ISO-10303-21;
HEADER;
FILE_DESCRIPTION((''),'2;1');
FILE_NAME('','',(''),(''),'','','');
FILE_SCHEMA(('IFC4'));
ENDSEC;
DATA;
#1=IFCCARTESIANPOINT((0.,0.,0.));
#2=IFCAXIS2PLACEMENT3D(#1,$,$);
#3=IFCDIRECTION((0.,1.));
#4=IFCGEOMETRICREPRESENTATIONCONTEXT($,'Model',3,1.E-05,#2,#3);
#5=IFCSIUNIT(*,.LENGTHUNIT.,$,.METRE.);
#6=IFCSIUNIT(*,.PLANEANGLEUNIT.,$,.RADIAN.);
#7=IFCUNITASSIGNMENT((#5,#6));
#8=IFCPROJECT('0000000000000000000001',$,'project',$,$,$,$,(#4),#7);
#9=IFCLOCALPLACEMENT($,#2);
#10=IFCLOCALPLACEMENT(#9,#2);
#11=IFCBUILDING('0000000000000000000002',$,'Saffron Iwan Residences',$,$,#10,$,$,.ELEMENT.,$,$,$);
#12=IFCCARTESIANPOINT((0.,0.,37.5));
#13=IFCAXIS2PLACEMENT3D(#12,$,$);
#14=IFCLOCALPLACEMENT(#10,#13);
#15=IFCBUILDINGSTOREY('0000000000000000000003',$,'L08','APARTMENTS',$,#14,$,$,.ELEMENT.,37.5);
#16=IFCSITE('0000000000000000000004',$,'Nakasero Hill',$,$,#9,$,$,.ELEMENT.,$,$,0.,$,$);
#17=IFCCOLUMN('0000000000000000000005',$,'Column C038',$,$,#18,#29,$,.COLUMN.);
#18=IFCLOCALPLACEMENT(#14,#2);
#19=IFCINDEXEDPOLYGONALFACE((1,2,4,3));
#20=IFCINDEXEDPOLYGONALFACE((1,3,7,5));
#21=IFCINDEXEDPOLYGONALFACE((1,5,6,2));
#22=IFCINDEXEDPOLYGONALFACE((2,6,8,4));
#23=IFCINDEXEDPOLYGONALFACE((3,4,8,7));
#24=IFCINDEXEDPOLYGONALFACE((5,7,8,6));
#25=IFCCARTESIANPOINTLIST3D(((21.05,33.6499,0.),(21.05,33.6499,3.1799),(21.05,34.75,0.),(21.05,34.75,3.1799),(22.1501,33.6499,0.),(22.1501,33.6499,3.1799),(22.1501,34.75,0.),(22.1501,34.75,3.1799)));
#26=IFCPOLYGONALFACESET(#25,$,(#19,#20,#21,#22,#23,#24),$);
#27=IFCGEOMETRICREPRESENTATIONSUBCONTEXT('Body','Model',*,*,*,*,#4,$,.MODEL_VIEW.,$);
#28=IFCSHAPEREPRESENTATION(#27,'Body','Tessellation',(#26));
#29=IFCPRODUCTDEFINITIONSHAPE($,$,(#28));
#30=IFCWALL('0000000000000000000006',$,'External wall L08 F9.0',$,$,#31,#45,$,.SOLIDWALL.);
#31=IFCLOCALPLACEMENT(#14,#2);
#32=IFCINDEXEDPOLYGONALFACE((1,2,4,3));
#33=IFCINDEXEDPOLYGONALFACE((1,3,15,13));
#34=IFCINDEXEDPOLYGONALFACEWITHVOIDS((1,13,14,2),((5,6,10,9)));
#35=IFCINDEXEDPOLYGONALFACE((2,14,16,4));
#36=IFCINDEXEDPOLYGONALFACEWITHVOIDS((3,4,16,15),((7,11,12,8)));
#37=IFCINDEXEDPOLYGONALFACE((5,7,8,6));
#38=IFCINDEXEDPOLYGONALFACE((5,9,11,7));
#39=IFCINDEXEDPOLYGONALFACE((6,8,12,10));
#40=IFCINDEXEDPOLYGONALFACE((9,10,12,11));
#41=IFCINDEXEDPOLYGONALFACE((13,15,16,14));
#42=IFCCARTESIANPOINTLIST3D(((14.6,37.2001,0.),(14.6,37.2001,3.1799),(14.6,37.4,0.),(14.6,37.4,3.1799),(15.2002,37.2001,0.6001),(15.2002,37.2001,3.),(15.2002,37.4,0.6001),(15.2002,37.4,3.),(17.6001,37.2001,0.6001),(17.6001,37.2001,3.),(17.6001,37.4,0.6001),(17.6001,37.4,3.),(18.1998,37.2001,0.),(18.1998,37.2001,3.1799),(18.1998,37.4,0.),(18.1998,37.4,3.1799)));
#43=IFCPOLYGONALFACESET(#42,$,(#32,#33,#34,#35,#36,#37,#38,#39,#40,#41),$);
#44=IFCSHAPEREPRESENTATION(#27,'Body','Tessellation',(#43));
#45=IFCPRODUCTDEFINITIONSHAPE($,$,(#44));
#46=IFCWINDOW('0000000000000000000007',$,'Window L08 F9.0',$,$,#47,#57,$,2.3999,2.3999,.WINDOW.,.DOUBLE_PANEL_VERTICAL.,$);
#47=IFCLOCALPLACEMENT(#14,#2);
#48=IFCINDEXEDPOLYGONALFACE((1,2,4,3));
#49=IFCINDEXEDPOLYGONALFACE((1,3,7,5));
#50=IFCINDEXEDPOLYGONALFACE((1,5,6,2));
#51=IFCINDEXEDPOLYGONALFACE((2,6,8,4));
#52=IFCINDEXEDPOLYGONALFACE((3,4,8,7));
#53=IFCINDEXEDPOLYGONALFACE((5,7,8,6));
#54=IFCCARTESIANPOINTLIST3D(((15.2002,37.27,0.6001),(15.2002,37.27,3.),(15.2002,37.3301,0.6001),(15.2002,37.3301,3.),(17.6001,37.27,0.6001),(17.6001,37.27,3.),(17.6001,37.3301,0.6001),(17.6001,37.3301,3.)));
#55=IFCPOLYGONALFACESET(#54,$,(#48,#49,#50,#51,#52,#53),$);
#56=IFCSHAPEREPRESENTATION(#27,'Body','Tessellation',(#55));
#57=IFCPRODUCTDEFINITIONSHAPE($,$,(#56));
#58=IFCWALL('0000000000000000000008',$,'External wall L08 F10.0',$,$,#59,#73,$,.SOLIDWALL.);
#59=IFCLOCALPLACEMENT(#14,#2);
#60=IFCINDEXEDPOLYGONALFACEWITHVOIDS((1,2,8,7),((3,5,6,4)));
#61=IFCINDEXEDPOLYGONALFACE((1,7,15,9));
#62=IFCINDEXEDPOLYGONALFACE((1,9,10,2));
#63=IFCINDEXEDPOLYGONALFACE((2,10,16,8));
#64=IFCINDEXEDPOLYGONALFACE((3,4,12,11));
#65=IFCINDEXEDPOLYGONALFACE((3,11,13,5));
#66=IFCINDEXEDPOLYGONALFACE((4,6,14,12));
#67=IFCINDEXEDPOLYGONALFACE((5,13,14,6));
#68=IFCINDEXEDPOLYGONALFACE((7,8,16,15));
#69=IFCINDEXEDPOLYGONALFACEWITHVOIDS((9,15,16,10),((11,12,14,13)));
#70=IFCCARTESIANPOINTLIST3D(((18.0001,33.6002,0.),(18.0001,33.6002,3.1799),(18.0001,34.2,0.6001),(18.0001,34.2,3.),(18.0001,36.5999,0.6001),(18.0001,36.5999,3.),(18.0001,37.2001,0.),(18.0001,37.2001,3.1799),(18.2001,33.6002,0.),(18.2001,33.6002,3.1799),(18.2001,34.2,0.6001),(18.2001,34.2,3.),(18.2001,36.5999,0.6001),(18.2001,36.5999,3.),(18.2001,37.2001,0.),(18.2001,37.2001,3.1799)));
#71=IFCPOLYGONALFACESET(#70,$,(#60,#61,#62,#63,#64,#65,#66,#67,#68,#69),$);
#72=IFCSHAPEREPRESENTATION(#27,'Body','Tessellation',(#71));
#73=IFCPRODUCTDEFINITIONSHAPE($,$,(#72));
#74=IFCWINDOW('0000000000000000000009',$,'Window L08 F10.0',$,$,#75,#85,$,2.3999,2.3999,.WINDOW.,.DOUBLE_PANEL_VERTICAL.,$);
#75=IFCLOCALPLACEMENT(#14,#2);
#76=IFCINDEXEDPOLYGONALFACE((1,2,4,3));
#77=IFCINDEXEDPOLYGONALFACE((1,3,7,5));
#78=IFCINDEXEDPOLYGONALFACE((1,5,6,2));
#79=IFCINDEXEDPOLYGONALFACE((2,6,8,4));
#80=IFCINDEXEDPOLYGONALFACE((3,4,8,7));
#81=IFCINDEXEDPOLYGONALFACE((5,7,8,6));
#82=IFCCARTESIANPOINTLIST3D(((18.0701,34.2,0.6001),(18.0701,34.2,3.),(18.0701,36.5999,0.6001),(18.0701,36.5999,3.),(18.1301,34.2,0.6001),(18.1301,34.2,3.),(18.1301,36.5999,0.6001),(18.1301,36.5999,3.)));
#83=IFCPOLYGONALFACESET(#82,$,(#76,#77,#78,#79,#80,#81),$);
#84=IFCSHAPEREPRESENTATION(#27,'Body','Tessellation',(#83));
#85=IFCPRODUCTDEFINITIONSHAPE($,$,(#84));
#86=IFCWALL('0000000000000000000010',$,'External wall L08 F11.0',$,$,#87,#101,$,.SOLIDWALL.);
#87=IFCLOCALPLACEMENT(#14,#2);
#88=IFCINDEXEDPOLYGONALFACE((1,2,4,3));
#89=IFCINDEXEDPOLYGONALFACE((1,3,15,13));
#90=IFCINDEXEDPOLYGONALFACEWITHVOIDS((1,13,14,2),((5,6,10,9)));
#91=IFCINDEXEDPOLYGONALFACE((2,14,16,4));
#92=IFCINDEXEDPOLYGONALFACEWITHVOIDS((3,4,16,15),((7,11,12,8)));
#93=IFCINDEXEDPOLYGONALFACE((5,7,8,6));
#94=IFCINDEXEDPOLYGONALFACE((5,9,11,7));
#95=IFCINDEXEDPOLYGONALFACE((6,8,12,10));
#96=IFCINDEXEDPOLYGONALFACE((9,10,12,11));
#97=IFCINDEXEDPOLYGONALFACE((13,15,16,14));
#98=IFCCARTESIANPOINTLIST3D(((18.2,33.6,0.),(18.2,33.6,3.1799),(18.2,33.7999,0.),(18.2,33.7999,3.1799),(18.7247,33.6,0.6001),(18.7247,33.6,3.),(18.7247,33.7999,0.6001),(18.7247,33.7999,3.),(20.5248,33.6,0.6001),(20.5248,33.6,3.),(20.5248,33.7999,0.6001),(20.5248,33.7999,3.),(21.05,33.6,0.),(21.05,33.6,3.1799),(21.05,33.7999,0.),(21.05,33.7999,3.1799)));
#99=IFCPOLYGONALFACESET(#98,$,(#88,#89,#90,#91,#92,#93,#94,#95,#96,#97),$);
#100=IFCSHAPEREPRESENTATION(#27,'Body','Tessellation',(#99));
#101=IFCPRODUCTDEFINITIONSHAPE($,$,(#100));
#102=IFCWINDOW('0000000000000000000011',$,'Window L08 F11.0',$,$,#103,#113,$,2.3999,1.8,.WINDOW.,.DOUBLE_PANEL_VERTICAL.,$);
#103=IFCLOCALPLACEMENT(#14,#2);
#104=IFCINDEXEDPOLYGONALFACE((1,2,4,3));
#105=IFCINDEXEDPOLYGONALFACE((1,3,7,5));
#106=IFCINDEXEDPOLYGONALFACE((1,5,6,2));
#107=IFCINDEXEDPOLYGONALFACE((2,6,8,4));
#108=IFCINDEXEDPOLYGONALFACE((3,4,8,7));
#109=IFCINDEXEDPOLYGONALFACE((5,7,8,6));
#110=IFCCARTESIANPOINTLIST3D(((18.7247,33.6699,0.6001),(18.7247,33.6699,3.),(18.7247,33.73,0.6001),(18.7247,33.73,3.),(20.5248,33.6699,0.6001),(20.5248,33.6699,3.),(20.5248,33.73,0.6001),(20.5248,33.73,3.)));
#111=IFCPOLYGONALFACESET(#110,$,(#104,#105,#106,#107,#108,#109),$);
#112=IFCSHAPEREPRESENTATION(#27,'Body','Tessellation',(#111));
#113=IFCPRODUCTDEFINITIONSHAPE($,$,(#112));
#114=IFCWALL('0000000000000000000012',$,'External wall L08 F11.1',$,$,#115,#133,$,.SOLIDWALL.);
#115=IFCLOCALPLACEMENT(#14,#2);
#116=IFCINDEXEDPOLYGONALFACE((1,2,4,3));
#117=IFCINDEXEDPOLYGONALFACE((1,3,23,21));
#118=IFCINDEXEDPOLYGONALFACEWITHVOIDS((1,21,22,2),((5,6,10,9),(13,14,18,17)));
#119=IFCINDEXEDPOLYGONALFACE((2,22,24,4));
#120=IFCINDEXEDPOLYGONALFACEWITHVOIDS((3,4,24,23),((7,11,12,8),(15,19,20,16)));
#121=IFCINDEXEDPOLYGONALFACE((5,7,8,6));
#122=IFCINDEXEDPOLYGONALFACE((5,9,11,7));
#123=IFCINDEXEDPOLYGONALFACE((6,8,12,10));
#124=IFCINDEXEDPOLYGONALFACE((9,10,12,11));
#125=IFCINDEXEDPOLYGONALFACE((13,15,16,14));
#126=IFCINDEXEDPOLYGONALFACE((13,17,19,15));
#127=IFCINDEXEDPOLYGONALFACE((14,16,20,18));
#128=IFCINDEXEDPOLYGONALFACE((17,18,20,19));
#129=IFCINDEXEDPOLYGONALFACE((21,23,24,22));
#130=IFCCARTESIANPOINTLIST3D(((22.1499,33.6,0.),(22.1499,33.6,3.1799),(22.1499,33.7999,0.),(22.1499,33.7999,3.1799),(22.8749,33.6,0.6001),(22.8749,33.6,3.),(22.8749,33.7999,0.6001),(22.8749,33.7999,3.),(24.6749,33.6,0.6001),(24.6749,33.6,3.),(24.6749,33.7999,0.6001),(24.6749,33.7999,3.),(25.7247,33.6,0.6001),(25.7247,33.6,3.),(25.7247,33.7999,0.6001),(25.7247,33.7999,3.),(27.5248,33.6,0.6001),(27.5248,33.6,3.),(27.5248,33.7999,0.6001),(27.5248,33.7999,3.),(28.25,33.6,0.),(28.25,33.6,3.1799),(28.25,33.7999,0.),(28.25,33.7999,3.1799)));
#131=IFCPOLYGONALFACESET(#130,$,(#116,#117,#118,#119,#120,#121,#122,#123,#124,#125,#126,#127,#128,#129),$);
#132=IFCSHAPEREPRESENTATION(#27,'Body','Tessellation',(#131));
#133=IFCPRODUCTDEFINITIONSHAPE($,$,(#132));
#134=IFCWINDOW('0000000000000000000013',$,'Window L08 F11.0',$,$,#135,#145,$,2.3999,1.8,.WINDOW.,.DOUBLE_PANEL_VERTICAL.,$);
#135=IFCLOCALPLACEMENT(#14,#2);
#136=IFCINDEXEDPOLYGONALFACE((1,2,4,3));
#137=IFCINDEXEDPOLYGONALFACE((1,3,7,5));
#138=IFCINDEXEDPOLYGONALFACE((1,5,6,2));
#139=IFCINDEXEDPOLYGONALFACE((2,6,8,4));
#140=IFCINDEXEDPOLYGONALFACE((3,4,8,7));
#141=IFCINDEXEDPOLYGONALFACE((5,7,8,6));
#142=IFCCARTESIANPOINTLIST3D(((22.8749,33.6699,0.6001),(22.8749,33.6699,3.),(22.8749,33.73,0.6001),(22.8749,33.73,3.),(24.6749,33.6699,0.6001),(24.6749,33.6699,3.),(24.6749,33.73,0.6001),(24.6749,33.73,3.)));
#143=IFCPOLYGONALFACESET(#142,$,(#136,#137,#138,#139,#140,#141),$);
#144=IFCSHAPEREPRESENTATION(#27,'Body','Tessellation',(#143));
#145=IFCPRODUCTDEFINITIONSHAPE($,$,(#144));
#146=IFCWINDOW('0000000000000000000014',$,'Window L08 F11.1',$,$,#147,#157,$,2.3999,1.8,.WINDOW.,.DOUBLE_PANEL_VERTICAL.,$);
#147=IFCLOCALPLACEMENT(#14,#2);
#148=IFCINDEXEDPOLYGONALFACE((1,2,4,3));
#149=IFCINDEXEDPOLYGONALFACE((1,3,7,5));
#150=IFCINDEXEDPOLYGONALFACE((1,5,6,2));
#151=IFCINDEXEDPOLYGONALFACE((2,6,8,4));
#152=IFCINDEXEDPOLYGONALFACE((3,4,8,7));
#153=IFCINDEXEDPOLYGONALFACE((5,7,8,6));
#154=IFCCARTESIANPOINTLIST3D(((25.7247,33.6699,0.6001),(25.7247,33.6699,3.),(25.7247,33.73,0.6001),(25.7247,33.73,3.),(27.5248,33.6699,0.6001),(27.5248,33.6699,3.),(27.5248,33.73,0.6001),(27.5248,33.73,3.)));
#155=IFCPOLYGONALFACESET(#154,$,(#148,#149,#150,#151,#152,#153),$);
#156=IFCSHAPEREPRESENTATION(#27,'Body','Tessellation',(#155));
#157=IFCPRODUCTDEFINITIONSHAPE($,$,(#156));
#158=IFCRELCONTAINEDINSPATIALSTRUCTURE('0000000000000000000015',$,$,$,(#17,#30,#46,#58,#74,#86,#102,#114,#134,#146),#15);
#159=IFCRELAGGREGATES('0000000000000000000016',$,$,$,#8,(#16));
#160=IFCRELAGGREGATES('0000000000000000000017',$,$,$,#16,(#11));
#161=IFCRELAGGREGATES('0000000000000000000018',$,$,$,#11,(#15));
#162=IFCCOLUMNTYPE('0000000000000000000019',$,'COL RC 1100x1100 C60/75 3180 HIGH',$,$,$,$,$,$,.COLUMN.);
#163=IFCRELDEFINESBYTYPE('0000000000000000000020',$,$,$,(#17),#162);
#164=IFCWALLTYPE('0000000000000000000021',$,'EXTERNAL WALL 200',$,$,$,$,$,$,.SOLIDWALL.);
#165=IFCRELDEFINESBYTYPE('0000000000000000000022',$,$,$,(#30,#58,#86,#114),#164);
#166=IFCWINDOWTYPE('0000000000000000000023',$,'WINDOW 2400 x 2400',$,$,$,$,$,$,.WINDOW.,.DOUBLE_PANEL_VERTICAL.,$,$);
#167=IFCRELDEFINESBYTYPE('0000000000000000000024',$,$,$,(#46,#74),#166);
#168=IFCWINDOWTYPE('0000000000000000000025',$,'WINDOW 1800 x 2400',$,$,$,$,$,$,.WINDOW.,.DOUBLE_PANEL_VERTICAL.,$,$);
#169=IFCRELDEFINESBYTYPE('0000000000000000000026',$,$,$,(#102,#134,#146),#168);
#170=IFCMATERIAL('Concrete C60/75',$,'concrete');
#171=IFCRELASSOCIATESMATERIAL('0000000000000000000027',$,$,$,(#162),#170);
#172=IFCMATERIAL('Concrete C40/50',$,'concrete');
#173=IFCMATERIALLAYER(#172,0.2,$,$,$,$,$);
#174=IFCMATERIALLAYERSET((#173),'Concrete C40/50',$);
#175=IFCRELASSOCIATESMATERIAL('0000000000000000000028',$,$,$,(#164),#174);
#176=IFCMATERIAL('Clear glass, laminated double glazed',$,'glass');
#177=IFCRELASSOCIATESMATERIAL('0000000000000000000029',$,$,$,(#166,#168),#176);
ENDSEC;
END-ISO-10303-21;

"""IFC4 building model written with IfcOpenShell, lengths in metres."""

from ifc_helpers import new_model, si_unit, direction, frame, frame_2d, origin, origin_2d, place, context, subcontext, project, spatial, rectangle, extrude, source, transform, mapped, material, layer, layer_set, material_profile, profile_set, type_object, element, fill, save


model = new_model("IFC4")

# Units and contexts
model_context = context("Model", 3, precision=1e-05, world=origin(), true_north=direction((0.0, 1.0)))
body_context = subcontext(model_context, "Body", "Model", "MODEL_VIEW")
ifc_project = project(units=[si_unit("LENGTHUNIT", "METRE"), si_unit("PLANEANGLEUNIT", "RADIAN")], contexts=[model_context])

# Site, building, storey
site_placement = place(None, origin())
site = spatial("IfcSite", under=ifc_project, at=site_placement, Name="Nakasero Hill", CompositionType="ELEMENT", RefElevation=0.0)
building_placement = place(site_placement, origin())
building = spatial("IfcBuilding", under=site, at=building_placement, Name="Saffron Iwan Residences", CompositionType="ELEMENT")
storey_placement = place(building_placement, frame((0.0, 0.0, 37.5)))
storey = spatial("IfcBuildingStorey", under=building, at=storey_placement, Name="L08", Description="APARTMENTS", CompositionType="ELEMENT", Elevation=37.5)

# Column
ifc_material_1 = material(Name="Concrete C60/75", Category="concrete")
ifc_material_profile = material_profile(ifc_material_1, rectangle(XDim=1.1001, YDim=1.1001, at=origin_2d()), Name="RC 1100x1100")
ifc_profile_set = profile_set([ifc_material_profile], Name="Concrete C60/75")
column_type = type_object("IfcColumnType", Name="COL RC 1100x1100 C60/75 3180 HIGH", PredefinedType="COLUMN", material=ifc_profile_set)
shared_shape = source(origin(), body_context, "Body", "SweptSolid", [
    extrude(rectangle(XDim=1.1001, YDim=1.1001, at=origin_2d()), origin(), (0.0, 0.0, 1.0), 3.1799),
])
column_placement = place(storey_placement, frame((21.6001, 34.2, 0.0), z_axis=(0.0, 0.0, 1.0), x_axis=(1.0, 0.0, 0.0)))
element("IfcColumn", 1, at=column_placement, inside=storey, type_object=column_type, Name="Column C038", PredefinedType="COLUMN", context=body_context, shape_type="MappedRepresentation", body=[
    mapped(shared_shape, transform((0.0, 0.0, 0.0))),
])

# Walls, openings, windows
ifc_material_2 = material(Name="Concrete C40/50", Category="concrete")
ifc_layer_1 = layer(ifc_material_2, 0.2)
ifc_layer_set_1 = layer_set([ifc_layer_1], Name="Concrete C40/50")
wall_type_1 = type_object("IfcWallType", Name="EXTERNAL WALL 200", PredefinedType="SOLIDWALL", material=ifc_layer_set_1)
wall_1_placement = place(storey_placement, frame((14.6001, 37.3, 0.0), z_axis=(0.0, 0.0, 1.0), x_axis=(1.0, 0.0, 0.0)))
wall_1 = element("IfcWall", 2, at=wall_1_placement, inside=storey, type_object=wall_type_1, Name="External wall L08 F9.0", PredefinedType="SOLIDWALL", context=body_context, shape_type="SweptSolid", body=[
    extrude(rectangle(XDim=3.5999, YDim=0.2, at=frame_2d((1.7998, 0.0))), origin(), (0.0, 0.0, 1.0), 3.1799),
])
opening_1_placement = place(wall_1_placement, frame((0.6001, 0.0, 0.6001)))
opening_1 = element("IfcOpeningElement", 3, at=opening_1_placement, cuts=wall_1, PredefinedType="OPENING", context=body_context, shape_type="SweptSolid", body=[
    extrude(rectangle(XDim=2.3999, YDim=2.3999, at=frame_2d((1.2, 1.2))), frame((0.0, 0.1099, 0.0), z_axis=(0.0, -1.0, 0.0), x_axis=(1.0, 0.0, 0.0)), (0.0, 0.0, 1.0), 0.22),
])
ifc_material_3 = material(Name="Clear glass, laminated double glazed", Category="glass")
window_type_1 = type_object("IfcWindowType", Name="WINDOW 2400 x 2400", PartitioningType="DOUBLE_PANEL_VERTICAL", PredefinedType="WINDOW", material=ifc_material_3)
window_1_placement = place(opening_1_placement, origin())
window_1 = element("IfcWindow", 4, at=window_1_placement, inside=storey, type_object=window_type_1, Name="Window L08 F9.0", OverallHeight=2.3999, OverallWidth=2.3999, PartitioningType="DOUBLE_PANEL_VERTICAL", PredefinedType="WINDOW", context=body_context, shape_type="SweptSolid", body=[
    extrude(rectangle(XDim=2.3999, YDim=2.3999, at=frame_2d((1.2, 1.2))), frame((0.0, 0.03, 0.0), z_axis=(0.0, -1.0, 0.0), x_axis=(1.0, 0.0, 0.0)), (0.0, 0.0, 1.0), 0.0601),
])
fill(opening_1, window_1)
wall_2_placement = place(storey_placement, frame((18.1001, 37.2, 0.0), z_axis=(0.0, 0.0, 1.0), x_axis=(0.0, -1.0, 0.0)))
wall_2 = element("IfcWall", 5, at=wall_2_placement, inside=storey, type_object=wall_type_1, Name="External wall L08 F10.0", PredefinedType="SOLIDWALL", context=body_context, shape_type="SweptSolid", body=[
    extrude(rectangle(XDim=3.5999, YDim=0.2, at=frame_2d((1.7998, 0.0))), origin(), (0.0, 0.0, 1.0), 3.1799),
])
opening_2_placement = place(wall_2_placement, frame((0.6001, 0.0, 0.6001)))
opening_2 = element("IfcOpeningElement", 6, at=opening_2_placement, cuts=wall_2, PredefinedType="OPENING", context=body_context, shape_type="SweptSolid", body=[
    extrude(rectangle(XDim=2.3999, YDim=2.3999, at=frame_2d((1.2, 1.2))), frame((0.0, 0.1099, 0.0), z_axis=(0.0, -1.0, 0.0), x_axis=(1.0, 0.0, 0.0)), (0.0, 0.0, 1.0), 0.22),
])
window_2_placement = place(opening_2_placement, origin())
window_2 = element("IfcWindow", 7, at=window_2_placement, inside=storey, type_object=window_type_1, Name="Window L08 F10.0", OverallHeight=2.3999, OverallWidth=2.3999, PartitioningType="DOUBLE_PANEL_VERTICAL", PredefinedType="WINDOW", context=body_context, shape_type="SweptSolid", body=[
    extrude(rectangle(XDim=2.3999, YDim=2.3999, at=frame_2d((1.2, 1.2))), frame((0.0, 0.03, 0.0), z_axis=(0.0, -1.0, 0.0), x_axis=(1.0, 0.0, 0.0)), (0.0, 0.0, 1.0), 0.0601),
])
fill(opening_2, window_2)
wall_3_placement = place(storey_placement, frame((18.2, 33.7, 0.0), z_axis=(0.0, 0.0, 1.0), x_axis=(1.0, 0.0, 0.0)))
wall_3 = element("IfcWall", 8, at=wall_3_placement, inside=storey, type_object=wall_type_1, Name="External wall L08 F11.0", PredefinedType="SOLIDWALL", context=body_context, shape_type="SweptSolid", body=[
    extrude(rectangle(XDim=2.8501, YDim=0.2, at=frame_2d((1.425, 0.0))), origin(), (0.0, 0.0, 1.0), 3.1799),
])
opening_3_placement = place(wall_3_placement, frame((0.5249, 0.0, 0.6001)))
opening_3 = element("IfcOpeningElement", 9, at=opening_3_placement, cuts=wall_3, PredefinedType="OPENING", context=body_context, shape_type="SweptSolid", body=[
    extrude(rectangle(XDim=1.8, YDim=2.3999, at=frame_2d((0.8999, 1.2))), frame((0.0, 0.1099, 0.0), z_axis=(0.0, -1.0, 0.0), x_axis=(1.0, 0.0, 0.0)), (0.0, 0.0, 1.0), 0.22),
])
window_type_2 = type_object("IfcWindowType", Name="WINDOW 1800 x 2400", PartitioningType="DOUBLE_PANEL_VERTICAL", PredefinedType="WINDOW", material=ifc_material_3)
window_3_placement = place(opening_3_placement, origin())
window_3 = element("IfcWindow", 10, at=window_3_placement, inside=storey, type_object=window_type_2, Name="Window L08 F11.0", OverallHeight=2.3999, OverallWidth=1.8, PartitioningType="DOUBLE_PANEL_VERTICAL", PredefinedType="WINDOW", context=body_context, shape_type="SweptSolid", body=[
    extrude(rectangle(XDim=1.8, YDim=2.3999, at=frame_2d((0.8999, 1.2))), frame((0.0, 0.03, 0.0), z_axis=(0.0, -1.0, 0.0), x_axis=(1.0, 0.0, 0.0)), (0.0, 0.0, 1.0), 0.0601),
])
fill(opening_3, window_3)

# Wall, openings, windows
wall_4_placement = place(storey_placement, frame((22.1499, 33.7, 0.0), z_axis=(0.0, 0.0, 1.0), x_axis=(1.0, 0.0, 0.0)))
wall_4 = element("IfcWall", 11, at=wall_4_placement, inside=storey, type_object=wall_type_1, Name="External wall L08 F11.1", PredefinedType="SOLIDWALL", context=body_context, shape_type="SweptSolid", body=[
    extrude(rectangle(XDim=6.1001, YDim=0.2, at=frame_2d((3.05, 0.0))), origin(), (0.0, 0.0, 1.0), 3.1799),
])
opening_4_placement = place(wall_4_placement, frame((0.7251, 0.0, 0.6001)))
opening_4 = element("IfcOpeningElement", 12, at=opening_4_placement, cuts=wall_4, PredefinedType="OPENING", context=body_context, shape_type="SweptSolid", body=[
    extrude(rectangle(XDim=1.8, YDim=2.3999, at=frame_2d((0.8999, 1.2))), frame((0.0, 0.1099, 0.0), z_axis=(0.0, -1.0, 0.0), x_axis=(1.0, 0.0, 0.0)), (0.0, 0.0, 1.0), 0.22),
])
opening_5_placement = place(wall_4_placement, frame((3.575, 0.0, 0.6001)))
opening_5 = element("IfcOpeningElement", 13, at=opening_5_placement, cuts=wall_4, PredefinedType="OPENING", context=body_context, shape_type="SweptSolid", body=[
    extrude(rectangle(XDim=1.8, YDim=2.3999, at=frame_2d((0.8999, 1.2))), frame((0.0, 0.1099, 0.0), z_axis=(0.0, -1.0, 0.0), x_axis=(1.0, 0.0, 0.0)), (0.0, 0.0, 1.0), 0.22),
])
window_4_placement = place(opening_4_placement, origin())
window_4 = element("IfcWindow", 14, at=window_4_placement, inside=storey, type_object=window_type_2, Name="Window L08 F11.0", OverallHeight=2.3999, OverallWidth=1.8, PartitioningType="DOUBLE_PANEL_VERTICAL", PredefinedType="WINDOW", context=body_context, shape_type="SweptSolid", body=[
    extrude(rectangle(XDim=1.8, YDim=2.3999, at=frame_2d((0.8999, 1.2))), frame((0.0, 0.03, 0.0), z_axis=(0.0, -1.0, 0.0), x_axis=(1.0, 0.0, 0.0)), (0.0, 0.0, 1.0), 0.0601),
])
fill(opening_4, window_4)
window_5_placement = place(opening_5_placement, origin())
window_5 = element("IfcWindow", 15, at=window_5_placement, inside=storey, type_object=window_type_2, Name="Window L08 F11.1", OverallHeight=2.3999, OverallWidth=1.8, PartitioningType="DOUBLE_PANEL_VERTICAL", PredefinedType="WINDOW", context=body_context, shape_type="SweptSolid", body=[
    extrude(rectangle(XDim=1.8, YDim=2.3999, at=frame_2d((0.8999, 1.2))), frame((0.0, 0.03, 0.0), z_axis=(0.0, -1.0, 0.0), x_axis=(1.0, 0.0, 0.0)), (0.0, 0.0, 1.0), 0.0601),
])
fill(opening_5, window_5)

save(model, "model.ifc")
